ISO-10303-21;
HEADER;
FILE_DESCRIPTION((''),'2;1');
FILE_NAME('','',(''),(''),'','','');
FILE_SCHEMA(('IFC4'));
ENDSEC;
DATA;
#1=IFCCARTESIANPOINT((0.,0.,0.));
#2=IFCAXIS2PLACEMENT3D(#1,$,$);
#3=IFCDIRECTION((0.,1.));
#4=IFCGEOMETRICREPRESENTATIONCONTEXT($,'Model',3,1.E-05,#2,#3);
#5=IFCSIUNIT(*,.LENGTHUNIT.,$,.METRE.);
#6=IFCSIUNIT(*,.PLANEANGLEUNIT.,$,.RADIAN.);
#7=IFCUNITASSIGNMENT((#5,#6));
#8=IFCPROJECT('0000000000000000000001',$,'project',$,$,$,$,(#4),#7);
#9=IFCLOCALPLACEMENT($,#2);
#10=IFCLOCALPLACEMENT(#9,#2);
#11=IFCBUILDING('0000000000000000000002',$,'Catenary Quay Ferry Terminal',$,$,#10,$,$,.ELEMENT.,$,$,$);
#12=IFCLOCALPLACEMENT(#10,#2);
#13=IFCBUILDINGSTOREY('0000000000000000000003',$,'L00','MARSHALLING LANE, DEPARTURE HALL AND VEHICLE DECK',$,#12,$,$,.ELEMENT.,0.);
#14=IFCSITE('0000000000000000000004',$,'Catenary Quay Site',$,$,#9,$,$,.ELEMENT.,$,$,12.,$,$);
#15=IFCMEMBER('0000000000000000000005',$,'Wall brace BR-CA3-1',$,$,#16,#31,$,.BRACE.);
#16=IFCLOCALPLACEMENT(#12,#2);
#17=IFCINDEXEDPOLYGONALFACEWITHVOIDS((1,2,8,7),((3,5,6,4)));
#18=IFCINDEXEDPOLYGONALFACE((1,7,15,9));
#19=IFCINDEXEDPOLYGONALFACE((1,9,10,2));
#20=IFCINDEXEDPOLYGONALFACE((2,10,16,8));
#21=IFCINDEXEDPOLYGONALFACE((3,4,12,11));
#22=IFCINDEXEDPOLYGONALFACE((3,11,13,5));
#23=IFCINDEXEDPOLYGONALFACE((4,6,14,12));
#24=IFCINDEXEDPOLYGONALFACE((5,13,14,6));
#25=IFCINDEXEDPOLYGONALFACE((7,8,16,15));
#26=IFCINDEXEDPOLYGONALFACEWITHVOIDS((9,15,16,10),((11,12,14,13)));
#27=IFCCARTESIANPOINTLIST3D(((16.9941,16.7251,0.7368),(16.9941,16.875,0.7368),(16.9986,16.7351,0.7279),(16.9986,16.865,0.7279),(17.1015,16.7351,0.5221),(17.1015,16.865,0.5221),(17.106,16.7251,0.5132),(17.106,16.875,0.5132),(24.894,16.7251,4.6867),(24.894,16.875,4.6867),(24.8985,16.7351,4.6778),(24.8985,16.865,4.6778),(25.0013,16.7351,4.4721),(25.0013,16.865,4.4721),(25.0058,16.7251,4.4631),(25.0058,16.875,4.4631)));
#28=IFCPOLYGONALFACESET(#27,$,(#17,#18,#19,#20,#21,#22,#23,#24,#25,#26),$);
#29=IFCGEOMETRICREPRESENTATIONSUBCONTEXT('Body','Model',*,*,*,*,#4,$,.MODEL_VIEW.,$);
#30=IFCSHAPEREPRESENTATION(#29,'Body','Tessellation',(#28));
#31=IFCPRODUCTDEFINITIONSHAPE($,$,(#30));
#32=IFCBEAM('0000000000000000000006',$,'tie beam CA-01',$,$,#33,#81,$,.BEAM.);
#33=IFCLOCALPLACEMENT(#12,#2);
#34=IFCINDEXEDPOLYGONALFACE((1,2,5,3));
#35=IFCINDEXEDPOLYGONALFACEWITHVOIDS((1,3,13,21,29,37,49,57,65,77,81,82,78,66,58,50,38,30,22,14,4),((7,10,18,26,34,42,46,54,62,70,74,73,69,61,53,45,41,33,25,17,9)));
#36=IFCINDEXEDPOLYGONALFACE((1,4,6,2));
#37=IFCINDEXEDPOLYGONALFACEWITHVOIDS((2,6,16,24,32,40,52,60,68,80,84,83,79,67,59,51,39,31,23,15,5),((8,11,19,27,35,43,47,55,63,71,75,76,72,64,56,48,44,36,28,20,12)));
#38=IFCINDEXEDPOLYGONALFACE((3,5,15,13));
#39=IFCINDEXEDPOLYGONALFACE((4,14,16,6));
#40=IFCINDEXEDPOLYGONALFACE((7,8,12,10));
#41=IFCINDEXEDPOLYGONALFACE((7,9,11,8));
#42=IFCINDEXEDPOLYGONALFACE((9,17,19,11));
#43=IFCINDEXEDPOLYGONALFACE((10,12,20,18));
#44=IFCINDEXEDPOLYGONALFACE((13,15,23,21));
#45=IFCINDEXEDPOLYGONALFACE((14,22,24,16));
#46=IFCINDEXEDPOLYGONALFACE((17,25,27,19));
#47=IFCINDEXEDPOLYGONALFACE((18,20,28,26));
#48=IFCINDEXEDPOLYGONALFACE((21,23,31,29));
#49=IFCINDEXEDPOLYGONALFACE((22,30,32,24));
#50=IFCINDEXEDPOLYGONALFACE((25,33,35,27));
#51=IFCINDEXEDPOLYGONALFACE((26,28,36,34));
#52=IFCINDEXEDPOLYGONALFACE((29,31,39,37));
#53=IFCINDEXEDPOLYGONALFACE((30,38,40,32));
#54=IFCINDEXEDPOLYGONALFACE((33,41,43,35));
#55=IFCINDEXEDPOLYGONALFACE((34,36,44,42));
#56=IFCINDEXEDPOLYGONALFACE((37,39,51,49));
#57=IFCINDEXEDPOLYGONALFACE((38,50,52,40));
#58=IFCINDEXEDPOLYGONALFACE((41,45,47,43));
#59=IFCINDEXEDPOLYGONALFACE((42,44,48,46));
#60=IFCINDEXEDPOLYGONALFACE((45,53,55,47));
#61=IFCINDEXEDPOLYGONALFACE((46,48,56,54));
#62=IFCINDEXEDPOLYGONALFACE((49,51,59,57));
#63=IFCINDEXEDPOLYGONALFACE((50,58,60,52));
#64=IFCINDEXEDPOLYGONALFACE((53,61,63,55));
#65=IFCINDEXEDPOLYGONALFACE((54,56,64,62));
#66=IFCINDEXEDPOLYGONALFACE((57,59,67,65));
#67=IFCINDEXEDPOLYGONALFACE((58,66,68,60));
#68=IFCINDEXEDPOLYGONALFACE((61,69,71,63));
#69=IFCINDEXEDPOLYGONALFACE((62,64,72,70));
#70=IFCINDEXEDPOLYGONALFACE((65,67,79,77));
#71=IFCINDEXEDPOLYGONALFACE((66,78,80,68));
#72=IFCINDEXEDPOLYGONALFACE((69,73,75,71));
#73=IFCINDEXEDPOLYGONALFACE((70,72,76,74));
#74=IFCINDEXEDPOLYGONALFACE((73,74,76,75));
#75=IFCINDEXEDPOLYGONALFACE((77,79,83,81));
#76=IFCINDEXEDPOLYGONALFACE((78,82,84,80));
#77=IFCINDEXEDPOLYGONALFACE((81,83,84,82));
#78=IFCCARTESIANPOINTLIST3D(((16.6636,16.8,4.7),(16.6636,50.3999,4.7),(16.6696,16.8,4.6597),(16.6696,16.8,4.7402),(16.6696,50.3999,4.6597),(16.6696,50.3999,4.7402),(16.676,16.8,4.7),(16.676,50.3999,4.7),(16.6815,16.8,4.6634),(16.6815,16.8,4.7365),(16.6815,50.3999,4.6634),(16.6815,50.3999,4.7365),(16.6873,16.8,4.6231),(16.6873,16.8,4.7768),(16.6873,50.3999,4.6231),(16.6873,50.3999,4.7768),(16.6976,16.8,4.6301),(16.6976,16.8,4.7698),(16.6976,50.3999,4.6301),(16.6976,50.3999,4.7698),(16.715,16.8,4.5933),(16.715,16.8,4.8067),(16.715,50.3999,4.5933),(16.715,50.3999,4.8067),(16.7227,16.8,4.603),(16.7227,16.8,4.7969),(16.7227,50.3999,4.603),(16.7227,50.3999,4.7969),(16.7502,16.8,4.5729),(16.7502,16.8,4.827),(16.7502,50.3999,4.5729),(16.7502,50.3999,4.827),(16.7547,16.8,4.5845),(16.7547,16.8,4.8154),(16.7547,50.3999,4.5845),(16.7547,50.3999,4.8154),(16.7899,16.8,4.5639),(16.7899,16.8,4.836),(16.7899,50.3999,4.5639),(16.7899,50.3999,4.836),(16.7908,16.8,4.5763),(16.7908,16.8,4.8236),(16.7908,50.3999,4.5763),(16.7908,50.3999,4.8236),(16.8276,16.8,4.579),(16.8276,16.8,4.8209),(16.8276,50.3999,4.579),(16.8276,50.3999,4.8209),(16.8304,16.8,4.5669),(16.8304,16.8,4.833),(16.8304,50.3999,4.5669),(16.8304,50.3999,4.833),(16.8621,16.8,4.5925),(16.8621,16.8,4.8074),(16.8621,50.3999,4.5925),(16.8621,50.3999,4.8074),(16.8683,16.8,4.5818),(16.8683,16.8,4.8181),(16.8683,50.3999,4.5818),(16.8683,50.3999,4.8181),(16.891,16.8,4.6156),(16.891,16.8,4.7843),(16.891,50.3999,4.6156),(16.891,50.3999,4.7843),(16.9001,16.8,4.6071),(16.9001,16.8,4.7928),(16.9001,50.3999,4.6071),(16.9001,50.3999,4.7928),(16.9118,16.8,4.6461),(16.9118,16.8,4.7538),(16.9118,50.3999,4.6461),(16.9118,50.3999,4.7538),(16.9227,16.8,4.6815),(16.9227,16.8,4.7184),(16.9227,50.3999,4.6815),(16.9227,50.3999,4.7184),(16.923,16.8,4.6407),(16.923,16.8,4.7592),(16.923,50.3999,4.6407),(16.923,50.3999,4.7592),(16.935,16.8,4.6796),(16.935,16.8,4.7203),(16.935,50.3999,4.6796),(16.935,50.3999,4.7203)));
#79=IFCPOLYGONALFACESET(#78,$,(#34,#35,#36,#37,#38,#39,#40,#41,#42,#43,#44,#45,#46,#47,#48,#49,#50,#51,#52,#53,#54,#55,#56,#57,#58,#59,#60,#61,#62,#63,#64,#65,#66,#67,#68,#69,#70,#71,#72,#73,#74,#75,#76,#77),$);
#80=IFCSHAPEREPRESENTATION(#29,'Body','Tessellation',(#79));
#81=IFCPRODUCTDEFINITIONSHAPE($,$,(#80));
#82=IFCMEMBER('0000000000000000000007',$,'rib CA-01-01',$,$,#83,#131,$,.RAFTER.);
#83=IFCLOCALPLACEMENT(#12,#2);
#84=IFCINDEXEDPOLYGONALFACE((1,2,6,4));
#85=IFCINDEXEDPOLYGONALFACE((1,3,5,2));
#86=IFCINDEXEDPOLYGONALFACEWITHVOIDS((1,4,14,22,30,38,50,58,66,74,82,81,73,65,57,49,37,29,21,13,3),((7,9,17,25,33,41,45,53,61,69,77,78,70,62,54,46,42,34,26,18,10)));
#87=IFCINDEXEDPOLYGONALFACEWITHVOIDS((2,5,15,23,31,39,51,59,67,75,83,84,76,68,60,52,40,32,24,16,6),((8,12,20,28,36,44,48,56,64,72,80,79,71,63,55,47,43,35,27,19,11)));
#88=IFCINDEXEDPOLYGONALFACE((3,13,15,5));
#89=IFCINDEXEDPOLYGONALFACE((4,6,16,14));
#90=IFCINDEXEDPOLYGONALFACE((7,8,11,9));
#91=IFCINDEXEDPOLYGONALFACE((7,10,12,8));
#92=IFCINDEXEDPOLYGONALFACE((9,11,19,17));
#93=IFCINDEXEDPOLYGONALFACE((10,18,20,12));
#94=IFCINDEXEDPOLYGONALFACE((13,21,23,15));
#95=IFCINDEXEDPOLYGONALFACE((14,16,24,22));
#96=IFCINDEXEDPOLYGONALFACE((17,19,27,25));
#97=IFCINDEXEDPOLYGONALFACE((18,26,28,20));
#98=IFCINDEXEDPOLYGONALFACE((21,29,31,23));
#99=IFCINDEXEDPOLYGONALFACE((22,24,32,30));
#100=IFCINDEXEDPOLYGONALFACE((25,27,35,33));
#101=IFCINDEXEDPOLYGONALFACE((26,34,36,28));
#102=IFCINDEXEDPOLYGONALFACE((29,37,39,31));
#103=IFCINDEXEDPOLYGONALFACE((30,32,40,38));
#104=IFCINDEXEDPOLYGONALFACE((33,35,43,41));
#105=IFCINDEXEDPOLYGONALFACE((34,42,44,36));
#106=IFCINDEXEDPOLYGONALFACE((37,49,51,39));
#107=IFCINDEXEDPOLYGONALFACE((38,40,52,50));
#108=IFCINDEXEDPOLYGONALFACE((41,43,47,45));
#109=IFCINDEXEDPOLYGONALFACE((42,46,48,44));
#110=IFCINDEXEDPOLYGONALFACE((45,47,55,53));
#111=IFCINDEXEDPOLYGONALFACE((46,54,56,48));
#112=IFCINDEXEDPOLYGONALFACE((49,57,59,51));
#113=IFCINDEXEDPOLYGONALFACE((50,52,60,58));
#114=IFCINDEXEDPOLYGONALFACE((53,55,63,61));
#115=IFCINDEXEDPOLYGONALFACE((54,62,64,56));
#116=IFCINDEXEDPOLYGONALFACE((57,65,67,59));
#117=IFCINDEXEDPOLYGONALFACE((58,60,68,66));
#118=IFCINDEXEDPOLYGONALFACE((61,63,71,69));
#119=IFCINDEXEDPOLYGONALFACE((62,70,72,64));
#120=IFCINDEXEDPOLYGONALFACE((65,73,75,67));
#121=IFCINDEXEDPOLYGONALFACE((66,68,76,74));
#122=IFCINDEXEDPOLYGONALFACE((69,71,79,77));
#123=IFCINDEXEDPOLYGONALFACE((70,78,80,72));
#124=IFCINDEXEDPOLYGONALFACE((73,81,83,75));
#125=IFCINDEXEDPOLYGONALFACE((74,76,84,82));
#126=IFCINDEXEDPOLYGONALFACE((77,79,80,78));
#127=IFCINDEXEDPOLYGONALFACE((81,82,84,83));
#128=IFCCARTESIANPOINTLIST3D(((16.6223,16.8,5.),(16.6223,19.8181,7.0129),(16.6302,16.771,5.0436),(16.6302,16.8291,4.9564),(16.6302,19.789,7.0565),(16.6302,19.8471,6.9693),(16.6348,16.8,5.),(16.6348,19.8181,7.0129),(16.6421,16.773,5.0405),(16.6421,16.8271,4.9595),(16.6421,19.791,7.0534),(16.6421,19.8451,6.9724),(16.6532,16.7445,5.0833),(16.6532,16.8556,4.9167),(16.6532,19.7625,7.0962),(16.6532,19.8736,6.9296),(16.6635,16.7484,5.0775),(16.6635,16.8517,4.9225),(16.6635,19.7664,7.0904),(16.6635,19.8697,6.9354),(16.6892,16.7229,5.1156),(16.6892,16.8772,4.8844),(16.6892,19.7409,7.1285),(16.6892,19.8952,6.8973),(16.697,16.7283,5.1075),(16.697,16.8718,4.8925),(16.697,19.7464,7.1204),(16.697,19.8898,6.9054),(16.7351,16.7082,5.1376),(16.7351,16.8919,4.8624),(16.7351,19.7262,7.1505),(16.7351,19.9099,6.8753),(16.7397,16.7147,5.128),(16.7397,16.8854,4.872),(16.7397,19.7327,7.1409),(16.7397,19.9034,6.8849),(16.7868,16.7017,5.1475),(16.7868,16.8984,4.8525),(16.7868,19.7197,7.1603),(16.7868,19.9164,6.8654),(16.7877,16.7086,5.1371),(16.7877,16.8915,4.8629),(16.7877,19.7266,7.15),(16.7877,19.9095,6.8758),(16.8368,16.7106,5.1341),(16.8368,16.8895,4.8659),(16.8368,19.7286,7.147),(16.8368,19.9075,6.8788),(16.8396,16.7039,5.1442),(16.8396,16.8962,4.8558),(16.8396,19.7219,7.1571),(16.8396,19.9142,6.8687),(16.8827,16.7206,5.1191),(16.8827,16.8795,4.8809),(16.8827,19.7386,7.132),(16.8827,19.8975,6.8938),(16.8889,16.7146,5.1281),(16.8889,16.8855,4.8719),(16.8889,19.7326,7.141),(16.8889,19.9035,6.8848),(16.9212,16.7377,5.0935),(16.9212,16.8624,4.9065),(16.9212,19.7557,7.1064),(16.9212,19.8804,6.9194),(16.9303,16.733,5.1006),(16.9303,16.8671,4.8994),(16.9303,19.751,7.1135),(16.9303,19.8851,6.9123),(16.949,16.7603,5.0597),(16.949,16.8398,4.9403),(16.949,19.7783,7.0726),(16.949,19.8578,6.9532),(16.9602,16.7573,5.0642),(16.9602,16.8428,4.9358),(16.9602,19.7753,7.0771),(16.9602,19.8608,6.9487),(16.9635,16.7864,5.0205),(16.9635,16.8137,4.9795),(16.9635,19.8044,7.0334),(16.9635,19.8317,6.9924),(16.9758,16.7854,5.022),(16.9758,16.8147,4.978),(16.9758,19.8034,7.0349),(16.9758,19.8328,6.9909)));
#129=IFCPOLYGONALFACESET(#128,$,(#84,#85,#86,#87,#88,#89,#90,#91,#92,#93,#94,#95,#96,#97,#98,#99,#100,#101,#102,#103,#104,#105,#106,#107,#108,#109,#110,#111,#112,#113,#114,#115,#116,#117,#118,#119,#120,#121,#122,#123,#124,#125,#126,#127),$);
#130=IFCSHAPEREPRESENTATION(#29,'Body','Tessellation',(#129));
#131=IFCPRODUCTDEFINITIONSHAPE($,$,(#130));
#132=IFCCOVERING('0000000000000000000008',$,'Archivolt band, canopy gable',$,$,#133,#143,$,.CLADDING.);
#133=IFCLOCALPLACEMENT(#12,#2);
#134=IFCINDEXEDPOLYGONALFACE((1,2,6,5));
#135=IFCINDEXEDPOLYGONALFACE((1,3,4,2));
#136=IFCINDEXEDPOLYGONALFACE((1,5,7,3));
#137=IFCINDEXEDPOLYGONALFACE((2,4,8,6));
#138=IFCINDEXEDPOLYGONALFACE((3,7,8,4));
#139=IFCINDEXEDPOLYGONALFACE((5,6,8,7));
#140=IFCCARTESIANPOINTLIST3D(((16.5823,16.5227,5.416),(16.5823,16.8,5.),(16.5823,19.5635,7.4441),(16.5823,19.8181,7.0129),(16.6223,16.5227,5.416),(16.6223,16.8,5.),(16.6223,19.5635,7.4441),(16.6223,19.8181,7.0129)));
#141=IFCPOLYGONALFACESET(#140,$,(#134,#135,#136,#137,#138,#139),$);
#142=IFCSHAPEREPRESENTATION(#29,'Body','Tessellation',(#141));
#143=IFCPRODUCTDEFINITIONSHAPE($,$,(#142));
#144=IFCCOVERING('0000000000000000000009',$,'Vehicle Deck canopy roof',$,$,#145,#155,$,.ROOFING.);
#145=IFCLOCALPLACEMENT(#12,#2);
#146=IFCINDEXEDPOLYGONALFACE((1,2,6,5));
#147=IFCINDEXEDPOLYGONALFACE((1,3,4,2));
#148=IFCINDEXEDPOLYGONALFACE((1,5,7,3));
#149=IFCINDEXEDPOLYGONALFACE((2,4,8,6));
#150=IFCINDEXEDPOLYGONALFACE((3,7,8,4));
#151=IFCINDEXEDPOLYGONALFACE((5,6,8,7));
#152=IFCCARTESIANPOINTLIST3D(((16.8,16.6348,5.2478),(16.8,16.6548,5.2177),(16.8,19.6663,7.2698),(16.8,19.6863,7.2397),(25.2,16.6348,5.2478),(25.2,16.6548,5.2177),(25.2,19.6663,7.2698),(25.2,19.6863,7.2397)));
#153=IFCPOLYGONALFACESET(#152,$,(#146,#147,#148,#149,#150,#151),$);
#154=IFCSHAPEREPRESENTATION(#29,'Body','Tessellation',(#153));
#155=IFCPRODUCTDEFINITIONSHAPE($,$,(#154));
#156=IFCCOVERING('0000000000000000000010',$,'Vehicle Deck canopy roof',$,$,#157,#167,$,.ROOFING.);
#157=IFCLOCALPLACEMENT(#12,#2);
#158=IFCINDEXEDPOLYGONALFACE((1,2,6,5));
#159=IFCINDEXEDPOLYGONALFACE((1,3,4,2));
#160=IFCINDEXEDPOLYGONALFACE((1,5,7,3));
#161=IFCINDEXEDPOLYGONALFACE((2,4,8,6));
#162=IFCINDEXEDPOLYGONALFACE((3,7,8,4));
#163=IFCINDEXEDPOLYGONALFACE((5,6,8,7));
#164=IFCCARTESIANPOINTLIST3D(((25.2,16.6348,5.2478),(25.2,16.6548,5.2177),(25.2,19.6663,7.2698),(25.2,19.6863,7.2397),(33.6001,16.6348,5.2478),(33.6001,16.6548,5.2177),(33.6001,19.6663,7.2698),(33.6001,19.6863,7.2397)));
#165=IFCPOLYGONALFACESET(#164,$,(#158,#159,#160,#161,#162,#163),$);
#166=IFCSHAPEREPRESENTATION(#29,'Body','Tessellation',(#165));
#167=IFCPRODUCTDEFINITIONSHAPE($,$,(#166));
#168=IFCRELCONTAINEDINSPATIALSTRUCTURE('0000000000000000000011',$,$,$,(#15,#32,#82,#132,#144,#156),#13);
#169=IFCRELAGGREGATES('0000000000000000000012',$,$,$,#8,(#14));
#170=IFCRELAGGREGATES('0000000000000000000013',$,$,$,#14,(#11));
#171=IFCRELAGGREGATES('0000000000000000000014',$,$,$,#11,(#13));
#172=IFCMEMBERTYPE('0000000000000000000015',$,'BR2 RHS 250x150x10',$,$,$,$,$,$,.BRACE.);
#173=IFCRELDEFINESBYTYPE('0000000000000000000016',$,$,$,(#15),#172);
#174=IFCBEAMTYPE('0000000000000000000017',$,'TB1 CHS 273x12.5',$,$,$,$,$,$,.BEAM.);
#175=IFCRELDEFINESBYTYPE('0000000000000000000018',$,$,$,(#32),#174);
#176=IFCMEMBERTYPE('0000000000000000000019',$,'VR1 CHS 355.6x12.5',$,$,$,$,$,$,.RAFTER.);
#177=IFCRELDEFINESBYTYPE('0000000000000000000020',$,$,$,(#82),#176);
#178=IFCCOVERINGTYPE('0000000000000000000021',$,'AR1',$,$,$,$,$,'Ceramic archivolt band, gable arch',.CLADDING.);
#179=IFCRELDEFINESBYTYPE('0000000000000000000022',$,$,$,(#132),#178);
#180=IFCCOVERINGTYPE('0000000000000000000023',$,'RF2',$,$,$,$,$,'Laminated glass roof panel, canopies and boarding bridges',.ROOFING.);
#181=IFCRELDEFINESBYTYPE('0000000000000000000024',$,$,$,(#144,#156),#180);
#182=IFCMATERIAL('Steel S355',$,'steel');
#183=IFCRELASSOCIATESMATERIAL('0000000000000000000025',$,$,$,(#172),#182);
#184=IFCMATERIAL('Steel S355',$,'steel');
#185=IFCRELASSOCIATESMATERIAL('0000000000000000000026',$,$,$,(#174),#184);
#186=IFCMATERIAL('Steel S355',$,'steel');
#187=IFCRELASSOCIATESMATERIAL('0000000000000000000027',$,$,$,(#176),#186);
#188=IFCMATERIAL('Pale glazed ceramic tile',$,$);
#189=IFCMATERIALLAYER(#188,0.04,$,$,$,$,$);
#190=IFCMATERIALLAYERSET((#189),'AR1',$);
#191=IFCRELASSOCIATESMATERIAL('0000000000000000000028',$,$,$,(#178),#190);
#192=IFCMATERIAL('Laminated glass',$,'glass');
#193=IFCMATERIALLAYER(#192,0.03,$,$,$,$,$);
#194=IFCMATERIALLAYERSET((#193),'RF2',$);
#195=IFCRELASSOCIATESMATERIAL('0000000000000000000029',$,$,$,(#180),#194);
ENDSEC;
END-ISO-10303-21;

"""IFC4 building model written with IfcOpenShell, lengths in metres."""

from ifc_helpers import new_model, si_unit, direction, frame, origin, origin_2d, place, context, subcontext, project, spatial, polyline, hollow_rectangle, hollow_circle, outline, extrude, material, layer, layer_set, material_profile, profile_set, type_object, element, save


model = new_model("IFC4")

# Units and contexts
model_context = context("Model", 3, precision=1e-05, world=origin(), true_north=direction((0.0, 1.0)))
body_context = subcontext(model_context, "Body", "Model", "MODEL_VIEW")
ifc_project = project(units=[si_unit("LENGTHUNIT", "METRE"), si_unit("PLANEANGLEUNIT", "RADIAN")], contexts=[model_context])

# Site, building, storey
site_placement = place(None, origin())
site = spatial("IfcSite", under=ifc_project, at=site_placement, Name="Catenary Quay Site", CompositionType="ELEMENT", RefElevation=12.0)
building_placement = place(site_placement, origin())
building = spatial("IfcBuilding", under=site, at=building_placement, Name="Catenary Quay Ferry Terminal", CompositionType="ELEMENT")
storey_placement = place(building_placement, origin())
storey = spatial("IfcBuildingStorey", under=building, at=storey_placement, Name="L00", Description="MARSHALLING LANE, DEPARTURE HALL AND VEHICLE DECK", CompositionType="ELEMENT", Elevation=0.0)

# Member
ifc_material_1 = material(Name="Steel S355", Category="steel")
ifc_material_profile_1 = material_profile(ifc_material_1, hollow_rectangle(XDim=0.1499, YDim=0.25, WallThickness=0.01, at=origin_2d()), Name="RHS 250x150x10")
ifc_profile_set_1 = profile_set([ifc_material_profile_1], Name="Steel S355")
member_type_1 = type_object("IfcMemberType", Name="BR2 RHS 250x150x10", PredefinedType="BRACE", material=ifc_profile_set_1)
member_1_placement = place(storey_placement, frame((17.05, 16.8, 0.625), z_axis=(0.894427, 0.0, 0.447214), x_axis=(0.0, 1.0, 0.0)))
element("IfcMember", 1, at=member_1_placement, inside=storey, type_object=member_type_1, Name="Wall brace BR-CA3-1", PredefinedType="BRACE", context=body_context, shape_type="SweptSolid", body=[
    extrude(hollow_rectangle(XDim=0.1499, YDim=0.25, WallThickness=0.01, at=origin_2d()), origin(), (0.0, 0.0, 1.0), 8.8323),
])

# Beam
ifc_material_2 = material(Name="Steel S355", Category="steel")
ifc_material_profile_2 = material_profile(ifc_material_2, hollow_circle(Radius=0.1365, WallThickness=0.0125, at=origin_2d()), Name="CHS 273x12.5")
ifc_profile_set_2 = profile_set([ifc_material_profile_2], Name="Steel S355")
beam_type_1 = type_object("IfcBeamType", Name="TB1 CHS 273x12.5", PredefinedType="BEAM", material=ifc_profile_set_2)
beam_1_placement = place(storey_placement, frame((16.8, 16.8, 4.7), z_axis=(0.0, 1.0, 0.0), x_axis=(-1.0, 0.0, 0.0)))
element("IfcBeam", 2, at=beam_1_placement, inside=storey, type_object=beam_type_1, Name="tie beam CA-01", PredefinedType="BEAM", context=body_context, shape_type="SweptSolid", body=[
    extrude(hollow_circle(Radius=0.1365, WallThickness=0.0125, at=origin_2d()), origin(), (0.0, 0.0, 1.0), 33.5999),
])

# Member
ifc_material_3 = material(Name="Steel S355", Category="steel")
ifc_material_profile_3 = material_profile(ifc_material_3, hollow_circle(Radius=0.1777, WallThickness=0.0125, at=origin_2d()), Name="CHS 355.6x12.5")
ifc_profile_set_3 = profile_set([ifc_material_profile_3], Name="Steel S355")
member_type_2 = type_object("IfcMemberType", Name="VR1 CHS 355.6x12.5", PredefinedType="RAFTER", material=ifc_profile_set_3)
member_2_placement = place(storey_placement, frame((16.8, 16.8, 5.0), z_axis=(0.0, 0.831936, 0.554871), x_axis=(-1.0, 0.0, 0.0)))
element("IfcMember", 3, at=member_2_placement, inside=storey, type_object=member_type_2, Name="rib CA-01-01", PredefinedType="RAFTER", context=body_context, shape_type="SweptSolid", body=[
    extrude(hollow_circle(Radius=0.1777, WallThickness=0.0125, at=origin_2d()), origin(), (0.0, 0.0, 1.0), 3.6277),
])

# Coverings
ifc_material_4 = material(Name="Pale glazed ceramic tile")
ifc_layer_1 = layer(ifc_material_4, 0.04)
ifc_layer_set_1 = layer_set([ifc_layer_1], Name="AR1")
covering_type_1 = type_object("IfcCoveringType", Name="AR1", ElementType="Ceramic archivolt band, gable arch", PredefinedType="CLADDING", material=ifc_layer_set_1)
covering_1_placement = place(storey_placement, frame((16.6223, 16.8, 5.0), z_axis=(1.0, 0.0, 0.0), x_axis=(0.0, 0.831936, 0.554871)))
element("IfcCovering", 4, at=covering_1_placement, inside=storey, type_object=covering_type_1, Name="Archivolt band, canopy gable", PredefinedType="CLADDING", context=body_context, shape_type="SweptSolid", body=[
    extrude(outline(polyline([(0.0, 0.0), (3.6278, 0.0), (3.6552, 0.5), (0.0001, 0.5), (0.0, 0.0)])), origin(), (0.0, 0.0, -1.0), 0.04),
])
ifc_material_5 = material(Name="Laminated glass", Category="glass")
ifc_layer_2 = layer(ifc_material_5, 0.03)
ifc_layer_set_2 = layer_set([ifc_layer_2], Name="RF2")
covering_type_2 = type_object("IfcCoveringType", Name="RF2", ElementType="Laminated glass roof panel, canopies and boarding bridges", PredefinedType="ROOFING", material=ifc_layer_set_2)
covering_2_placement = place(storey_placement, frame((16.8, 16.6348, 5.2478), z_axis=(0.0, -0.554886, 0.831927), x_axis=(1.0, 0.0, 0.0)))
element("IfcCovering", 5, at=covering_2_placement, inside=storey, type_object=covering_type_2, Name="Vehicle Deck canopy roof", PredefinedType="ROOFING", context=body_context, shape_type="SweptSolid", body=[
    extrude(outline(polyline([(0.0, 0.0), (8.3999, 0.0), (8.3999, 3.6439), (0.0, 3.6439), (0.0, 0.0)])), origin(), (0.0, 0.0, -1.0), 0.0361),
])
covering_3_placement = place(storey_placement, frame((25.2, 16.6348, 5.2478), z_axis=(0.0, -0.554886, 0.831927), x_axis=(1.0, 0.0, 0.0)))
element("IfcCovering", 6, at=covering_3_placement, inside=storey, type_object=covering_type_2, Name="Vehicle Deck canopy roof", PredefinedType="ROOFING", context=body_context, shape_type="SweptSolid", body=[
    extrude(outline(polyline([(0.0, 0.0), (8.4001, 0.0), (8.4001, 3.6439), (0.0, 3.6439), (0.0, 0.0)])), origin(), (0.0, 0.0, -1.0), 0.0361),
])

save(model, "model.ifc")
